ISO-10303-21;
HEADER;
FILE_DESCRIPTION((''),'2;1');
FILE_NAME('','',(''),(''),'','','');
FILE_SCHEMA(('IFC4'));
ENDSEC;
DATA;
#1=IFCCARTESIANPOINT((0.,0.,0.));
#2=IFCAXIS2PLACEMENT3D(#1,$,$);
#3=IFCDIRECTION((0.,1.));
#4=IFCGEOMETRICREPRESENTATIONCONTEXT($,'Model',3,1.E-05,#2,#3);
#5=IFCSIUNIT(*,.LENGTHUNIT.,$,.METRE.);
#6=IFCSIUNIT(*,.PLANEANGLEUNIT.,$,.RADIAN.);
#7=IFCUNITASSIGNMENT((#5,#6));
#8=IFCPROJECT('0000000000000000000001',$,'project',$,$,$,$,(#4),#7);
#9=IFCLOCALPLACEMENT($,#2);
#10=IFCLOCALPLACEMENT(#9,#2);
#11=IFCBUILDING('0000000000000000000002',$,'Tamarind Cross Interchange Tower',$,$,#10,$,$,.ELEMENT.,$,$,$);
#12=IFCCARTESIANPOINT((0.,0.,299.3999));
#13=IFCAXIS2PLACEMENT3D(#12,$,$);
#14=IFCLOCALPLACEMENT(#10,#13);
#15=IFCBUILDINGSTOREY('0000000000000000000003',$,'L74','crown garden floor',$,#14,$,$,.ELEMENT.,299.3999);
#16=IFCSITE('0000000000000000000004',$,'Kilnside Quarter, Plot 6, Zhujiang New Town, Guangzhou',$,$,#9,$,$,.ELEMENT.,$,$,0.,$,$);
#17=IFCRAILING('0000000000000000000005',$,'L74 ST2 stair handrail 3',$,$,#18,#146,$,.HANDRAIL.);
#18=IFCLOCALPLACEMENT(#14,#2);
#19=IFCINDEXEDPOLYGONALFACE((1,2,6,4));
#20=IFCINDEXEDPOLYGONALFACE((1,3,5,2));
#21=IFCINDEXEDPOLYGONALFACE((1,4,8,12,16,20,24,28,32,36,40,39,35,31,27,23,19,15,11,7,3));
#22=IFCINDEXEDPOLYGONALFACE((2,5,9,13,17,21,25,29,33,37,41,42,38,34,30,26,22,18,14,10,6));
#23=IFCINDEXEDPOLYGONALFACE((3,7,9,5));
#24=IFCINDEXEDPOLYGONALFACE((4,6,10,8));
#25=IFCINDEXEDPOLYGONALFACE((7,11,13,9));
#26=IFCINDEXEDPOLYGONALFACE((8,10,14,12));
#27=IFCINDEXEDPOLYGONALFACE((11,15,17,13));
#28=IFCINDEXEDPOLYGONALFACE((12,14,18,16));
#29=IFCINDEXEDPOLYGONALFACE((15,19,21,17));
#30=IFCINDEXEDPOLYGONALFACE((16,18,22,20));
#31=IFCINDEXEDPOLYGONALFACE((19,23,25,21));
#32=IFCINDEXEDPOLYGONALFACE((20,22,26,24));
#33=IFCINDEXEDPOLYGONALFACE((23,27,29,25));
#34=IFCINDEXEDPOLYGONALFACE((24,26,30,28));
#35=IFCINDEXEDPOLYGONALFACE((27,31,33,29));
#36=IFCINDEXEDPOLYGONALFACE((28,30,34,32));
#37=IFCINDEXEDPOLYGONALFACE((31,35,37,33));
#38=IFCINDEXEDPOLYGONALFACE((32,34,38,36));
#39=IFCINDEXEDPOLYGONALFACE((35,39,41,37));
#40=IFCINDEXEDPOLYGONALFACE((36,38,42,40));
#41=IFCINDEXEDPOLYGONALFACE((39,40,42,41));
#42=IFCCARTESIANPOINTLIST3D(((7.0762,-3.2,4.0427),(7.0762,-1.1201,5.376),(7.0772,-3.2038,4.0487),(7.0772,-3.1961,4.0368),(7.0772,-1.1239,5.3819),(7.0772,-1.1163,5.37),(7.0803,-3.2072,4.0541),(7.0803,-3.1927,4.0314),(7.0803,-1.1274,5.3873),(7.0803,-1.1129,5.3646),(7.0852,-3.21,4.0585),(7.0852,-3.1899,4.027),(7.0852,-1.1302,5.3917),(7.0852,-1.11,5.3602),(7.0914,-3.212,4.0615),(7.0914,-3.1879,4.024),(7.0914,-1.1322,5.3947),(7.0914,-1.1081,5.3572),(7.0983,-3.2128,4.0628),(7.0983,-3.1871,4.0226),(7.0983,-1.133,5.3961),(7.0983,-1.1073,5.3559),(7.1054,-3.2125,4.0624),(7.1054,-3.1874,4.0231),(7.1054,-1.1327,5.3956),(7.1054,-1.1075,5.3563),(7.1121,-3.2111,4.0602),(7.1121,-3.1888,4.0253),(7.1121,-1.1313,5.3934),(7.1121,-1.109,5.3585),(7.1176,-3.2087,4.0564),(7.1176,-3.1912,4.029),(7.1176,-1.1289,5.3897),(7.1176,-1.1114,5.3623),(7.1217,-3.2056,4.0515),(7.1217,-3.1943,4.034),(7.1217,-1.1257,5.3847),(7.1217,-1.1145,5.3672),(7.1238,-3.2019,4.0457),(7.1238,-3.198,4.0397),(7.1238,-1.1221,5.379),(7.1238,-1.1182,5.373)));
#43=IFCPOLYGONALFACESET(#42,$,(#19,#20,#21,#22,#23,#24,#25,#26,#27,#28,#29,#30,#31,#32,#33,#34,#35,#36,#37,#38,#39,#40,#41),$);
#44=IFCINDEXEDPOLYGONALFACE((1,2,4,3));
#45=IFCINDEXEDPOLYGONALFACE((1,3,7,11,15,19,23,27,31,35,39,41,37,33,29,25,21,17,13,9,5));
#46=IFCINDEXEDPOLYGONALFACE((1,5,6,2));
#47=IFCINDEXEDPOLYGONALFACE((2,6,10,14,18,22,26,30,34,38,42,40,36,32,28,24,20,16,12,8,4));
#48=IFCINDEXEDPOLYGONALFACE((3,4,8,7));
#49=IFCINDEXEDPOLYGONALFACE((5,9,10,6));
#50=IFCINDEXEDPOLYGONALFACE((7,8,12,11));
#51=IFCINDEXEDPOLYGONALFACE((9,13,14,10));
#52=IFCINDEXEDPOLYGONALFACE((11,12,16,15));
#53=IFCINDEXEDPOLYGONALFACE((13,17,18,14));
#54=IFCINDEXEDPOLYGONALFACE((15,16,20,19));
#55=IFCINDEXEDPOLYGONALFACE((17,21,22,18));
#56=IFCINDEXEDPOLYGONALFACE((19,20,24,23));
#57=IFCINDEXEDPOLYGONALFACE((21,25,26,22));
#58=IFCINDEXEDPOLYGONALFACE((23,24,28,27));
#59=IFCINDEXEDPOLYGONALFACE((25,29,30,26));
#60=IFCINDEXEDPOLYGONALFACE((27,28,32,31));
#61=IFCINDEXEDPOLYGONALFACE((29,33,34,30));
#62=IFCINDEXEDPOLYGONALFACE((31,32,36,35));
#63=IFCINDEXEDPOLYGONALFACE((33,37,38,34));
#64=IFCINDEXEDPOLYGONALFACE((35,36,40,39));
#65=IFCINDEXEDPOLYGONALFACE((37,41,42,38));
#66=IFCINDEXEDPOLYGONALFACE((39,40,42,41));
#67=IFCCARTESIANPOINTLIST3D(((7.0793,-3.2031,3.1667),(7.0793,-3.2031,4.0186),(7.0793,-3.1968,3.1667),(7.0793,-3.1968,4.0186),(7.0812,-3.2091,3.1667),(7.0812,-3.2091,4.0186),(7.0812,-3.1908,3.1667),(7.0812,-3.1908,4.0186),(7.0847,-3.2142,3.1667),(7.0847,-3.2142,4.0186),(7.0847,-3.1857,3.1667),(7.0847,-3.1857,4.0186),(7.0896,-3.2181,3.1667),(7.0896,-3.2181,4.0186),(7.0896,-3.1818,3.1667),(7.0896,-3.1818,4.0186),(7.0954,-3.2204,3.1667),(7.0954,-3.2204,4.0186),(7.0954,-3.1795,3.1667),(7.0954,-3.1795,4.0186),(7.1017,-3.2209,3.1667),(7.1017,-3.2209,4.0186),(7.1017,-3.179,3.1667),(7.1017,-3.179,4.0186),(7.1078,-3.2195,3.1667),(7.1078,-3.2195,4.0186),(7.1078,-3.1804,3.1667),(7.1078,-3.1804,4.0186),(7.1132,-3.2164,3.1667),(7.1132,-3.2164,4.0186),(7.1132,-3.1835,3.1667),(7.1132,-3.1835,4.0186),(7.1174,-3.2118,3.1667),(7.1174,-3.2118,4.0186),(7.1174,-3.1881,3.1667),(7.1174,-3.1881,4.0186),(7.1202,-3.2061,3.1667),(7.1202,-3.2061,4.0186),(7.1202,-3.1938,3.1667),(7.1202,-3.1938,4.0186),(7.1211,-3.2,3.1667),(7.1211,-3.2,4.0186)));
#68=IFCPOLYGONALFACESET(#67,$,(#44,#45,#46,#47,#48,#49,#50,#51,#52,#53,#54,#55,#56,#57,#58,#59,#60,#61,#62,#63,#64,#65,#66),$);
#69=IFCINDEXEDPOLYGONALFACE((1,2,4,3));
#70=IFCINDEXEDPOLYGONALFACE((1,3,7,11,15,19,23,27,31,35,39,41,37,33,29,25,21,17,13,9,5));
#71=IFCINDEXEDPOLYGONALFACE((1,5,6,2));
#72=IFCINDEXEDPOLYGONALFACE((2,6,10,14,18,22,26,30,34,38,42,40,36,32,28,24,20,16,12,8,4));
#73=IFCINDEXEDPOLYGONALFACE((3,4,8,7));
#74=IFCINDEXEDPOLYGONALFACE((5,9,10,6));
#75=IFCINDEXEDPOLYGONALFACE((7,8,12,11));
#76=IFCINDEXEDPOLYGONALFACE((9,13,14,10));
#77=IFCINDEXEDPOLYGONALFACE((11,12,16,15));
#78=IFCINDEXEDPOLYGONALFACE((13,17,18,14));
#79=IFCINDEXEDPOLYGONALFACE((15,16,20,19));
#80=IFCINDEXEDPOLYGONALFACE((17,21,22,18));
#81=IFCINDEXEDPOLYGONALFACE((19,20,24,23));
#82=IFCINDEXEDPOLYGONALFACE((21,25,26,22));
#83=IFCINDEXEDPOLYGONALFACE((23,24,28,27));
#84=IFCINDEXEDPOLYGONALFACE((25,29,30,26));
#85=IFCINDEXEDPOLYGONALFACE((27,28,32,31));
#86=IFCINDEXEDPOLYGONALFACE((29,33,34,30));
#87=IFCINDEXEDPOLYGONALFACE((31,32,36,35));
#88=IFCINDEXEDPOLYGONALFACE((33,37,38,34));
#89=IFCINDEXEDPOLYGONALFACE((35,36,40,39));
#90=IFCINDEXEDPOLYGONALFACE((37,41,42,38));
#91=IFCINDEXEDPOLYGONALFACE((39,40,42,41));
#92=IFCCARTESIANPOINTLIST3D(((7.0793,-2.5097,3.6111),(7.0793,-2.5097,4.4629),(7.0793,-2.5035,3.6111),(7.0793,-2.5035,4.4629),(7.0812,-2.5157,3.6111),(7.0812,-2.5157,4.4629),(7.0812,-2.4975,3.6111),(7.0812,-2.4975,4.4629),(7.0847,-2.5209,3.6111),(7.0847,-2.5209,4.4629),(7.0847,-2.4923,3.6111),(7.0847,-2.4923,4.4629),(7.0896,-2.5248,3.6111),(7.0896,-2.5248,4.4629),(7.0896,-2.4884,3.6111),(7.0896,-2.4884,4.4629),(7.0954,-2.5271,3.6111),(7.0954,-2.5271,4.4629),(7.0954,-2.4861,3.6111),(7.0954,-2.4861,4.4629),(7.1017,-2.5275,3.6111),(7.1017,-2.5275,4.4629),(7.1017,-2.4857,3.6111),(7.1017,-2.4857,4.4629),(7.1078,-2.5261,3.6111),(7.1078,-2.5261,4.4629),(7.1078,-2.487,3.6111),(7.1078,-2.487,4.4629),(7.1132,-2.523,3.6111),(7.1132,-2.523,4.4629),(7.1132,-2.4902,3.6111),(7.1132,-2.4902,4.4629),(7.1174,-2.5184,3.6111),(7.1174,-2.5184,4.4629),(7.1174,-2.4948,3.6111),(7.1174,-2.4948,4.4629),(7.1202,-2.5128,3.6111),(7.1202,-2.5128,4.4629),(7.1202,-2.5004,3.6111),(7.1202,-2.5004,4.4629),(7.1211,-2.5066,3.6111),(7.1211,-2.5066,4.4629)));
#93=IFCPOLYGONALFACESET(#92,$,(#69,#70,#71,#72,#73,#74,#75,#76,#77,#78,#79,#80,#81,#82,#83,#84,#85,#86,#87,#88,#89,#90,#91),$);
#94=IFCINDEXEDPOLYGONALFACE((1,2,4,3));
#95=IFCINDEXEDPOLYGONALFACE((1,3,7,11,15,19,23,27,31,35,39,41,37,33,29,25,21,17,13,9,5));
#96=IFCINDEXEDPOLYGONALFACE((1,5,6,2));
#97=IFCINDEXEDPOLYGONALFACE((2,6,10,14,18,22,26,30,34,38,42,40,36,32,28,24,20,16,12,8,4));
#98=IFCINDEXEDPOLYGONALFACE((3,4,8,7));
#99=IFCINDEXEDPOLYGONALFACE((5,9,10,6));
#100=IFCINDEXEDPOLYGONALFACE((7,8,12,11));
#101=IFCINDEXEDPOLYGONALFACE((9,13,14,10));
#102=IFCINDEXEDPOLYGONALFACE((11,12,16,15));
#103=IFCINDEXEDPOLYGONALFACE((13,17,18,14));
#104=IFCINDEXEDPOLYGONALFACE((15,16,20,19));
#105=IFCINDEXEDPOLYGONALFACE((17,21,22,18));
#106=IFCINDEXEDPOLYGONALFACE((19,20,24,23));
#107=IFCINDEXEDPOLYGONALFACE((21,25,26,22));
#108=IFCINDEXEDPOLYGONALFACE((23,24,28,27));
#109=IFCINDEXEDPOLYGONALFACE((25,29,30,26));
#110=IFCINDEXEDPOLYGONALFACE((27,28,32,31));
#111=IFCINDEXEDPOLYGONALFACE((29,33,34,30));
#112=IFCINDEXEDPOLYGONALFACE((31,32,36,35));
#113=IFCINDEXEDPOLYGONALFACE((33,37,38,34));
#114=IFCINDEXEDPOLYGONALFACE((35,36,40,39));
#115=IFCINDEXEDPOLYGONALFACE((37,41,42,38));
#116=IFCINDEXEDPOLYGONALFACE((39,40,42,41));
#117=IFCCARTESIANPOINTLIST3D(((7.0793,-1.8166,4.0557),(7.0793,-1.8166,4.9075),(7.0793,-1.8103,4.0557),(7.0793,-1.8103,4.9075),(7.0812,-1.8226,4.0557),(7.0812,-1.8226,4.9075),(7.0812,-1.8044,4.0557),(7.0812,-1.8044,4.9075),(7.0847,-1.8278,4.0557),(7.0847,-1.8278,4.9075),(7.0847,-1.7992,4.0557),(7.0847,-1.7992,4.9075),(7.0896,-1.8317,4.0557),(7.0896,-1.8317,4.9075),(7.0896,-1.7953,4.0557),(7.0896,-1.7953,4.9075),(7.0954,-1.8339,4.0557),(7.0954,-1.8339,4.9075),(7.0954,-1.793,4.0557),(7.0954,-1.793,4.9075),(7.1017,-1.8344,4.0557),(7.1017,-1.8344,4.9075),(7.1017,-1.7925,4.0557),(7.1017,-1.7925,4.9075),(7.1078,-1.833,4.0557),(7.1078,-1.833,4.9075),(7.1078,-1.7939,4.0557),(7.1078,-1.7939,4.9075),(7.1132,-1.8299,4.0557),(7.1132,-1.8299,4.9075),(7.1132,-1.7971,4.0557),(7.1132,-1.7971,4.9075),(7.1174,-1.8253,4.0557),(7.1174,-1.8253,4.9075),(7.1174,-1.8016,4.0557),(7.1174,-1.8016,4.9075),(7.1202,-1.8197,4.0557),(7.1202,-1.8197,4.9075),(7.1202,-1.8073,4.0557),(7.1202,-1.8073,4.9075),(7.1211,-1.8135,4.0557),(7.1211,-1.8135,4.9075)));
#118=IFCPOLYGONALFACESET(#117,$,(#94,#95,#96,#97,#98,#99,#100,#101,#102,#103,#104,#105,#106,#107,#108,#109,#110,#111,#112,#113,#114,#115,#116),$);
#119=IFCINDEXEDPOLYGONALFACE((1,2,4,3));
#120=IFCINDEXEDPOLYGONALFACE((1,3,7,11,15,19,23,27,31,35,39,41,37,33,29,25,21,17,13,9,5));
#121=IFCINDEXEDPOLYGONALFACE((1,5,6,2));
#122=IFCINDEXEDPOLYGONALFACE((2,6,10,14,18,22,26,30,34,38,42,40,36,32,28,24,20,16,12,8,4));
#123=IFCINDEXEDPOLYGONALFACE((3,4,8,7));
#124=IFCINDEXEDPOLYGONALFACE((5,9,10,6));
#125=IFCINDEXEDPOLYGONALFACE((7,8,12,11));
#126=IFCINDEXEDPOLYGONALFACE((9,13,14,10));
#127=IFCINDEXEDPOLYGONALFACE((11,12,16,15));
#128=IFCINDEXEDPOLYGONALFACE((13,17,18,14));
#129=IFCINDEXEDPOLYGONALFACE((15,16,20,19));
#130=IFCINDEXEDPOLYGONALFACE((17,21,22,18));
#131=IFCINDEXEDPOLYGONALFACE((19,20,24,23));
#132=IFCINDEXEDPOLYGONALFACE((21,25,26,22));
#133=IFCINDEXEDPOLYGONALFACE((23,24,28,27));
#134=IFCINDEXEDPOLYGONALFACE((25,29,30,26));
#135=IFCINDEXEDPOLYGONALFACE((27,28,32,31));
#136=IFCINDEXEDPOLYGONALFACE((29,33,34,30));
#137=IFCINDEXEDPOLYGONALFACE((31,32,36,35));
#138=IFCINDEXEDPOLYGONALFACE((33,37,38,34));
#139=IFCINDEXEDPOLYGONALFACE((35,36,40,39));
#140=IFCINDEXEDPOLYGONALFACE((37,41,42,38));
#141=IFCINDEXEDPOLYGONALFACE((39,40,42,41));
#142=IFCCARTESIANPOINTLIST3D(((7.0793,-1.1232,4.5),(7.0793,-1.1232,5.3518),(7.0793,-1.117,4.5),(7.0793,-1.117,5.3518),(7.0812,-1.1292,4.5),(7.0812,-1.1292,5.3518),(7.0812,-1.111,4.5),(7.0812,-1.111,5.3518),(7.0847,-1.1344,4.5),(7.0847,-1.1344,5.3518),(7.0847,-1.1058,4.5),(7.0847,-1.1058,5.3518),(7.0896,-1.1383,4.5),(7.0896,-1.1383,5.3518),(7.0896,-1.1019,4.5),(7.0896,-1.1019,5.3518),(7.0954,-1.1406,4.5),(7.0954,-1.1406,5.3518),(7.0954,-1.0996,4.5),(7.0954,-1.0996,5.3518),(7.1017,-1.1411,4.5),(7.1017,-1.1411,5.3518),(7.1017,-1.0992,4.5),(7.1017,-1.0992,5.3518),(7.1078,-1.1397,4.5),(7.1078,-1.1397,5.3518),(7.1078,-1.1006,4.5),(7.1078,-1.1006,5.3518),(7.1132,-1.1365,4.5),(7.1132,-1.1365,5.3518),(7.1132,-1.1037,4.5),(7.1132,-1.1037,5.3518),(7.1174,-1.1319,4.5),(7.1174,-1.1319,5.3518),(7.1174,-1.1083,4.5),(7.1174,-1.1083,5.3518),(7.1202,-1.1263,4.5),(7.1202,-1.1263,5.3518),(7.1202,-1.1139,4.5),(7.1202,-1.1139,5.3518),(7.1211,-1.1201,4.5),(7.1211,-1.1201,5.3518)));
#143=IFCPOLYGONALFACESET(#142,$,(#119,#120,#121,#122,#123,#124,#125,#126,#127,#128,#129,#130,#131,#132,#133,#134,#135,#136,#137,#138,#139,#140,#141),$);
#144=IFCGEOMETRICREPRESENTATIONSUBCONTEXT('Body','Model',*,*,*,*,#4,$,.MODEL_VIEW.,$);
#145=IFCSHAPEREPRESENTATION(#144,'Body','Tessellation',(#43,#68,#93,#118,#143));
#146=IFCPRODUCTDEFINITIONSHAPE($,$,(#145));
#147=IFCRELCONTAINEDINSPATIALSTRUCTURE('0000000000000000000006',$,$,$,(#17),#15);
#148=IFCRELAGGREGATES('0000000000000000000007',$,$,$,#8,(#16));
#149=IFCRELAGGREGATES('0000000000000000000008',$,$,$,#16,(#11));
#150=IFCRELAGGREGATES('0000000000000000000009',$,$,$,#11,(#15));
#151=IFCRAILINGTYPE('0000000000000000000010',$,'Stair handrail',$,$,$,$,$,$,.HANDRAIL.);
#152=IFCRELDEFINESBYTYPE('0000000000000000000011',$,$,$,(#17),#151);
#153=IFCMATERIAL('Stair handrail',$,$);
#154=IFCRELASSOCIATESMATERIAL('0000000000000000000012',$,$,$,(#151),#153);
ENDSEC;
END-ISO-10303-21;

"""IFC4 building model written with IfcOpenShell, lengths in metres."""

from ifc_helpers import new_model, si_unit, direction, frame, origin, origin_2d, place, context, subcontext, project, spatial, circle, extrude, material, type_object, element, save


model = new_model("IFC4")

# Units and contexts
model_context = context("Model", 3, precision=1e-05, world=origin(), true_north=direction((0.0, 1.0)))
body_context = subcontext(model_context, "Body", "Model", "MODEL_VIEW")
ifc_project = project(units=[si_unit("LENGTHUNIT", "METRE"), si_unit("PLANEANGLEUNIT", "RADIAN")], contexts=[model_context])

# Site, building, storey
site_placement = place(None, origin())
site = spatial("IfcSite", under=ifc_project, at=site_placement, Name="Kilnside Quarter, Plot 6, Zhujiang New Town, Guangzhou", CompositionType="ELEMENT", RefElevation=0.0)
building_placement = place(site_placement, origin())
building = spatial("IfcBuilding", under=site, at=building_placement, Name="Tamarind Cross Interchange Tower", CompositionType="ELEMENT")
storey_placement = place(building_placement, frame((0.0, 0.0, 299.3999)))
storey = spatial("IfcBuildingStorey", under=building, at=storey_placement, Name="L74", Description="crown garden floor", CompositionType="ELEMENT", Elevation=299.3999)

# Railing
ifc_material_1 = material(Name="Stair handrail")
railing_type_1 = type_object("IfcRailingType", Name="Stair handrail", PredefinedType="HANDRAIL", material=ifc_material_1)
railing_1_placement = place(storey_placement, frame((7.1001, -3.2, 3.1667)))
element("IfcRailing", 1, at=railing_1_placement, inside=storey, type_object=railing_type_1, Name="L74 ST2 stair handrail 3", PredefinedType="HANDRAIL", context=body_context, shape_type="SweptSolid", body=[
    extrude(circle(Radius=0.0239, at=origin_2d()), frame((0.0, 0.0, 0.876), z_axis=(0.0, 0.841875, 0.539673), x_axis=(-1.0, 0.0, 0.0)), (0.0, 0.0, 1.0), 2.4705),
    extrude(circle(Radius=0.021, at=origin_2d()), origin(), (0.0, 0.0, 1.0), 0.8518),
    extrude(circle(Radius=0.021, at=origin_2d()), frame((0.0, 0.6934, 0.4443)), (0.0, 0.0, 1.0), 0.8518),
    extrude(circle(Radius=0.021, at=origin_2d()), frame((0.0, 1.3865, 0.8889)), (0.0, 0.0, 1.0), 0.8518),
    extrude(circle(Radius=0.021, at=origin_2d()), frame((0.0, 2.0798, 1.3333)), (0.0, 0.0, 1.0), 0.8518),
])

save(model, "model.ifc")
